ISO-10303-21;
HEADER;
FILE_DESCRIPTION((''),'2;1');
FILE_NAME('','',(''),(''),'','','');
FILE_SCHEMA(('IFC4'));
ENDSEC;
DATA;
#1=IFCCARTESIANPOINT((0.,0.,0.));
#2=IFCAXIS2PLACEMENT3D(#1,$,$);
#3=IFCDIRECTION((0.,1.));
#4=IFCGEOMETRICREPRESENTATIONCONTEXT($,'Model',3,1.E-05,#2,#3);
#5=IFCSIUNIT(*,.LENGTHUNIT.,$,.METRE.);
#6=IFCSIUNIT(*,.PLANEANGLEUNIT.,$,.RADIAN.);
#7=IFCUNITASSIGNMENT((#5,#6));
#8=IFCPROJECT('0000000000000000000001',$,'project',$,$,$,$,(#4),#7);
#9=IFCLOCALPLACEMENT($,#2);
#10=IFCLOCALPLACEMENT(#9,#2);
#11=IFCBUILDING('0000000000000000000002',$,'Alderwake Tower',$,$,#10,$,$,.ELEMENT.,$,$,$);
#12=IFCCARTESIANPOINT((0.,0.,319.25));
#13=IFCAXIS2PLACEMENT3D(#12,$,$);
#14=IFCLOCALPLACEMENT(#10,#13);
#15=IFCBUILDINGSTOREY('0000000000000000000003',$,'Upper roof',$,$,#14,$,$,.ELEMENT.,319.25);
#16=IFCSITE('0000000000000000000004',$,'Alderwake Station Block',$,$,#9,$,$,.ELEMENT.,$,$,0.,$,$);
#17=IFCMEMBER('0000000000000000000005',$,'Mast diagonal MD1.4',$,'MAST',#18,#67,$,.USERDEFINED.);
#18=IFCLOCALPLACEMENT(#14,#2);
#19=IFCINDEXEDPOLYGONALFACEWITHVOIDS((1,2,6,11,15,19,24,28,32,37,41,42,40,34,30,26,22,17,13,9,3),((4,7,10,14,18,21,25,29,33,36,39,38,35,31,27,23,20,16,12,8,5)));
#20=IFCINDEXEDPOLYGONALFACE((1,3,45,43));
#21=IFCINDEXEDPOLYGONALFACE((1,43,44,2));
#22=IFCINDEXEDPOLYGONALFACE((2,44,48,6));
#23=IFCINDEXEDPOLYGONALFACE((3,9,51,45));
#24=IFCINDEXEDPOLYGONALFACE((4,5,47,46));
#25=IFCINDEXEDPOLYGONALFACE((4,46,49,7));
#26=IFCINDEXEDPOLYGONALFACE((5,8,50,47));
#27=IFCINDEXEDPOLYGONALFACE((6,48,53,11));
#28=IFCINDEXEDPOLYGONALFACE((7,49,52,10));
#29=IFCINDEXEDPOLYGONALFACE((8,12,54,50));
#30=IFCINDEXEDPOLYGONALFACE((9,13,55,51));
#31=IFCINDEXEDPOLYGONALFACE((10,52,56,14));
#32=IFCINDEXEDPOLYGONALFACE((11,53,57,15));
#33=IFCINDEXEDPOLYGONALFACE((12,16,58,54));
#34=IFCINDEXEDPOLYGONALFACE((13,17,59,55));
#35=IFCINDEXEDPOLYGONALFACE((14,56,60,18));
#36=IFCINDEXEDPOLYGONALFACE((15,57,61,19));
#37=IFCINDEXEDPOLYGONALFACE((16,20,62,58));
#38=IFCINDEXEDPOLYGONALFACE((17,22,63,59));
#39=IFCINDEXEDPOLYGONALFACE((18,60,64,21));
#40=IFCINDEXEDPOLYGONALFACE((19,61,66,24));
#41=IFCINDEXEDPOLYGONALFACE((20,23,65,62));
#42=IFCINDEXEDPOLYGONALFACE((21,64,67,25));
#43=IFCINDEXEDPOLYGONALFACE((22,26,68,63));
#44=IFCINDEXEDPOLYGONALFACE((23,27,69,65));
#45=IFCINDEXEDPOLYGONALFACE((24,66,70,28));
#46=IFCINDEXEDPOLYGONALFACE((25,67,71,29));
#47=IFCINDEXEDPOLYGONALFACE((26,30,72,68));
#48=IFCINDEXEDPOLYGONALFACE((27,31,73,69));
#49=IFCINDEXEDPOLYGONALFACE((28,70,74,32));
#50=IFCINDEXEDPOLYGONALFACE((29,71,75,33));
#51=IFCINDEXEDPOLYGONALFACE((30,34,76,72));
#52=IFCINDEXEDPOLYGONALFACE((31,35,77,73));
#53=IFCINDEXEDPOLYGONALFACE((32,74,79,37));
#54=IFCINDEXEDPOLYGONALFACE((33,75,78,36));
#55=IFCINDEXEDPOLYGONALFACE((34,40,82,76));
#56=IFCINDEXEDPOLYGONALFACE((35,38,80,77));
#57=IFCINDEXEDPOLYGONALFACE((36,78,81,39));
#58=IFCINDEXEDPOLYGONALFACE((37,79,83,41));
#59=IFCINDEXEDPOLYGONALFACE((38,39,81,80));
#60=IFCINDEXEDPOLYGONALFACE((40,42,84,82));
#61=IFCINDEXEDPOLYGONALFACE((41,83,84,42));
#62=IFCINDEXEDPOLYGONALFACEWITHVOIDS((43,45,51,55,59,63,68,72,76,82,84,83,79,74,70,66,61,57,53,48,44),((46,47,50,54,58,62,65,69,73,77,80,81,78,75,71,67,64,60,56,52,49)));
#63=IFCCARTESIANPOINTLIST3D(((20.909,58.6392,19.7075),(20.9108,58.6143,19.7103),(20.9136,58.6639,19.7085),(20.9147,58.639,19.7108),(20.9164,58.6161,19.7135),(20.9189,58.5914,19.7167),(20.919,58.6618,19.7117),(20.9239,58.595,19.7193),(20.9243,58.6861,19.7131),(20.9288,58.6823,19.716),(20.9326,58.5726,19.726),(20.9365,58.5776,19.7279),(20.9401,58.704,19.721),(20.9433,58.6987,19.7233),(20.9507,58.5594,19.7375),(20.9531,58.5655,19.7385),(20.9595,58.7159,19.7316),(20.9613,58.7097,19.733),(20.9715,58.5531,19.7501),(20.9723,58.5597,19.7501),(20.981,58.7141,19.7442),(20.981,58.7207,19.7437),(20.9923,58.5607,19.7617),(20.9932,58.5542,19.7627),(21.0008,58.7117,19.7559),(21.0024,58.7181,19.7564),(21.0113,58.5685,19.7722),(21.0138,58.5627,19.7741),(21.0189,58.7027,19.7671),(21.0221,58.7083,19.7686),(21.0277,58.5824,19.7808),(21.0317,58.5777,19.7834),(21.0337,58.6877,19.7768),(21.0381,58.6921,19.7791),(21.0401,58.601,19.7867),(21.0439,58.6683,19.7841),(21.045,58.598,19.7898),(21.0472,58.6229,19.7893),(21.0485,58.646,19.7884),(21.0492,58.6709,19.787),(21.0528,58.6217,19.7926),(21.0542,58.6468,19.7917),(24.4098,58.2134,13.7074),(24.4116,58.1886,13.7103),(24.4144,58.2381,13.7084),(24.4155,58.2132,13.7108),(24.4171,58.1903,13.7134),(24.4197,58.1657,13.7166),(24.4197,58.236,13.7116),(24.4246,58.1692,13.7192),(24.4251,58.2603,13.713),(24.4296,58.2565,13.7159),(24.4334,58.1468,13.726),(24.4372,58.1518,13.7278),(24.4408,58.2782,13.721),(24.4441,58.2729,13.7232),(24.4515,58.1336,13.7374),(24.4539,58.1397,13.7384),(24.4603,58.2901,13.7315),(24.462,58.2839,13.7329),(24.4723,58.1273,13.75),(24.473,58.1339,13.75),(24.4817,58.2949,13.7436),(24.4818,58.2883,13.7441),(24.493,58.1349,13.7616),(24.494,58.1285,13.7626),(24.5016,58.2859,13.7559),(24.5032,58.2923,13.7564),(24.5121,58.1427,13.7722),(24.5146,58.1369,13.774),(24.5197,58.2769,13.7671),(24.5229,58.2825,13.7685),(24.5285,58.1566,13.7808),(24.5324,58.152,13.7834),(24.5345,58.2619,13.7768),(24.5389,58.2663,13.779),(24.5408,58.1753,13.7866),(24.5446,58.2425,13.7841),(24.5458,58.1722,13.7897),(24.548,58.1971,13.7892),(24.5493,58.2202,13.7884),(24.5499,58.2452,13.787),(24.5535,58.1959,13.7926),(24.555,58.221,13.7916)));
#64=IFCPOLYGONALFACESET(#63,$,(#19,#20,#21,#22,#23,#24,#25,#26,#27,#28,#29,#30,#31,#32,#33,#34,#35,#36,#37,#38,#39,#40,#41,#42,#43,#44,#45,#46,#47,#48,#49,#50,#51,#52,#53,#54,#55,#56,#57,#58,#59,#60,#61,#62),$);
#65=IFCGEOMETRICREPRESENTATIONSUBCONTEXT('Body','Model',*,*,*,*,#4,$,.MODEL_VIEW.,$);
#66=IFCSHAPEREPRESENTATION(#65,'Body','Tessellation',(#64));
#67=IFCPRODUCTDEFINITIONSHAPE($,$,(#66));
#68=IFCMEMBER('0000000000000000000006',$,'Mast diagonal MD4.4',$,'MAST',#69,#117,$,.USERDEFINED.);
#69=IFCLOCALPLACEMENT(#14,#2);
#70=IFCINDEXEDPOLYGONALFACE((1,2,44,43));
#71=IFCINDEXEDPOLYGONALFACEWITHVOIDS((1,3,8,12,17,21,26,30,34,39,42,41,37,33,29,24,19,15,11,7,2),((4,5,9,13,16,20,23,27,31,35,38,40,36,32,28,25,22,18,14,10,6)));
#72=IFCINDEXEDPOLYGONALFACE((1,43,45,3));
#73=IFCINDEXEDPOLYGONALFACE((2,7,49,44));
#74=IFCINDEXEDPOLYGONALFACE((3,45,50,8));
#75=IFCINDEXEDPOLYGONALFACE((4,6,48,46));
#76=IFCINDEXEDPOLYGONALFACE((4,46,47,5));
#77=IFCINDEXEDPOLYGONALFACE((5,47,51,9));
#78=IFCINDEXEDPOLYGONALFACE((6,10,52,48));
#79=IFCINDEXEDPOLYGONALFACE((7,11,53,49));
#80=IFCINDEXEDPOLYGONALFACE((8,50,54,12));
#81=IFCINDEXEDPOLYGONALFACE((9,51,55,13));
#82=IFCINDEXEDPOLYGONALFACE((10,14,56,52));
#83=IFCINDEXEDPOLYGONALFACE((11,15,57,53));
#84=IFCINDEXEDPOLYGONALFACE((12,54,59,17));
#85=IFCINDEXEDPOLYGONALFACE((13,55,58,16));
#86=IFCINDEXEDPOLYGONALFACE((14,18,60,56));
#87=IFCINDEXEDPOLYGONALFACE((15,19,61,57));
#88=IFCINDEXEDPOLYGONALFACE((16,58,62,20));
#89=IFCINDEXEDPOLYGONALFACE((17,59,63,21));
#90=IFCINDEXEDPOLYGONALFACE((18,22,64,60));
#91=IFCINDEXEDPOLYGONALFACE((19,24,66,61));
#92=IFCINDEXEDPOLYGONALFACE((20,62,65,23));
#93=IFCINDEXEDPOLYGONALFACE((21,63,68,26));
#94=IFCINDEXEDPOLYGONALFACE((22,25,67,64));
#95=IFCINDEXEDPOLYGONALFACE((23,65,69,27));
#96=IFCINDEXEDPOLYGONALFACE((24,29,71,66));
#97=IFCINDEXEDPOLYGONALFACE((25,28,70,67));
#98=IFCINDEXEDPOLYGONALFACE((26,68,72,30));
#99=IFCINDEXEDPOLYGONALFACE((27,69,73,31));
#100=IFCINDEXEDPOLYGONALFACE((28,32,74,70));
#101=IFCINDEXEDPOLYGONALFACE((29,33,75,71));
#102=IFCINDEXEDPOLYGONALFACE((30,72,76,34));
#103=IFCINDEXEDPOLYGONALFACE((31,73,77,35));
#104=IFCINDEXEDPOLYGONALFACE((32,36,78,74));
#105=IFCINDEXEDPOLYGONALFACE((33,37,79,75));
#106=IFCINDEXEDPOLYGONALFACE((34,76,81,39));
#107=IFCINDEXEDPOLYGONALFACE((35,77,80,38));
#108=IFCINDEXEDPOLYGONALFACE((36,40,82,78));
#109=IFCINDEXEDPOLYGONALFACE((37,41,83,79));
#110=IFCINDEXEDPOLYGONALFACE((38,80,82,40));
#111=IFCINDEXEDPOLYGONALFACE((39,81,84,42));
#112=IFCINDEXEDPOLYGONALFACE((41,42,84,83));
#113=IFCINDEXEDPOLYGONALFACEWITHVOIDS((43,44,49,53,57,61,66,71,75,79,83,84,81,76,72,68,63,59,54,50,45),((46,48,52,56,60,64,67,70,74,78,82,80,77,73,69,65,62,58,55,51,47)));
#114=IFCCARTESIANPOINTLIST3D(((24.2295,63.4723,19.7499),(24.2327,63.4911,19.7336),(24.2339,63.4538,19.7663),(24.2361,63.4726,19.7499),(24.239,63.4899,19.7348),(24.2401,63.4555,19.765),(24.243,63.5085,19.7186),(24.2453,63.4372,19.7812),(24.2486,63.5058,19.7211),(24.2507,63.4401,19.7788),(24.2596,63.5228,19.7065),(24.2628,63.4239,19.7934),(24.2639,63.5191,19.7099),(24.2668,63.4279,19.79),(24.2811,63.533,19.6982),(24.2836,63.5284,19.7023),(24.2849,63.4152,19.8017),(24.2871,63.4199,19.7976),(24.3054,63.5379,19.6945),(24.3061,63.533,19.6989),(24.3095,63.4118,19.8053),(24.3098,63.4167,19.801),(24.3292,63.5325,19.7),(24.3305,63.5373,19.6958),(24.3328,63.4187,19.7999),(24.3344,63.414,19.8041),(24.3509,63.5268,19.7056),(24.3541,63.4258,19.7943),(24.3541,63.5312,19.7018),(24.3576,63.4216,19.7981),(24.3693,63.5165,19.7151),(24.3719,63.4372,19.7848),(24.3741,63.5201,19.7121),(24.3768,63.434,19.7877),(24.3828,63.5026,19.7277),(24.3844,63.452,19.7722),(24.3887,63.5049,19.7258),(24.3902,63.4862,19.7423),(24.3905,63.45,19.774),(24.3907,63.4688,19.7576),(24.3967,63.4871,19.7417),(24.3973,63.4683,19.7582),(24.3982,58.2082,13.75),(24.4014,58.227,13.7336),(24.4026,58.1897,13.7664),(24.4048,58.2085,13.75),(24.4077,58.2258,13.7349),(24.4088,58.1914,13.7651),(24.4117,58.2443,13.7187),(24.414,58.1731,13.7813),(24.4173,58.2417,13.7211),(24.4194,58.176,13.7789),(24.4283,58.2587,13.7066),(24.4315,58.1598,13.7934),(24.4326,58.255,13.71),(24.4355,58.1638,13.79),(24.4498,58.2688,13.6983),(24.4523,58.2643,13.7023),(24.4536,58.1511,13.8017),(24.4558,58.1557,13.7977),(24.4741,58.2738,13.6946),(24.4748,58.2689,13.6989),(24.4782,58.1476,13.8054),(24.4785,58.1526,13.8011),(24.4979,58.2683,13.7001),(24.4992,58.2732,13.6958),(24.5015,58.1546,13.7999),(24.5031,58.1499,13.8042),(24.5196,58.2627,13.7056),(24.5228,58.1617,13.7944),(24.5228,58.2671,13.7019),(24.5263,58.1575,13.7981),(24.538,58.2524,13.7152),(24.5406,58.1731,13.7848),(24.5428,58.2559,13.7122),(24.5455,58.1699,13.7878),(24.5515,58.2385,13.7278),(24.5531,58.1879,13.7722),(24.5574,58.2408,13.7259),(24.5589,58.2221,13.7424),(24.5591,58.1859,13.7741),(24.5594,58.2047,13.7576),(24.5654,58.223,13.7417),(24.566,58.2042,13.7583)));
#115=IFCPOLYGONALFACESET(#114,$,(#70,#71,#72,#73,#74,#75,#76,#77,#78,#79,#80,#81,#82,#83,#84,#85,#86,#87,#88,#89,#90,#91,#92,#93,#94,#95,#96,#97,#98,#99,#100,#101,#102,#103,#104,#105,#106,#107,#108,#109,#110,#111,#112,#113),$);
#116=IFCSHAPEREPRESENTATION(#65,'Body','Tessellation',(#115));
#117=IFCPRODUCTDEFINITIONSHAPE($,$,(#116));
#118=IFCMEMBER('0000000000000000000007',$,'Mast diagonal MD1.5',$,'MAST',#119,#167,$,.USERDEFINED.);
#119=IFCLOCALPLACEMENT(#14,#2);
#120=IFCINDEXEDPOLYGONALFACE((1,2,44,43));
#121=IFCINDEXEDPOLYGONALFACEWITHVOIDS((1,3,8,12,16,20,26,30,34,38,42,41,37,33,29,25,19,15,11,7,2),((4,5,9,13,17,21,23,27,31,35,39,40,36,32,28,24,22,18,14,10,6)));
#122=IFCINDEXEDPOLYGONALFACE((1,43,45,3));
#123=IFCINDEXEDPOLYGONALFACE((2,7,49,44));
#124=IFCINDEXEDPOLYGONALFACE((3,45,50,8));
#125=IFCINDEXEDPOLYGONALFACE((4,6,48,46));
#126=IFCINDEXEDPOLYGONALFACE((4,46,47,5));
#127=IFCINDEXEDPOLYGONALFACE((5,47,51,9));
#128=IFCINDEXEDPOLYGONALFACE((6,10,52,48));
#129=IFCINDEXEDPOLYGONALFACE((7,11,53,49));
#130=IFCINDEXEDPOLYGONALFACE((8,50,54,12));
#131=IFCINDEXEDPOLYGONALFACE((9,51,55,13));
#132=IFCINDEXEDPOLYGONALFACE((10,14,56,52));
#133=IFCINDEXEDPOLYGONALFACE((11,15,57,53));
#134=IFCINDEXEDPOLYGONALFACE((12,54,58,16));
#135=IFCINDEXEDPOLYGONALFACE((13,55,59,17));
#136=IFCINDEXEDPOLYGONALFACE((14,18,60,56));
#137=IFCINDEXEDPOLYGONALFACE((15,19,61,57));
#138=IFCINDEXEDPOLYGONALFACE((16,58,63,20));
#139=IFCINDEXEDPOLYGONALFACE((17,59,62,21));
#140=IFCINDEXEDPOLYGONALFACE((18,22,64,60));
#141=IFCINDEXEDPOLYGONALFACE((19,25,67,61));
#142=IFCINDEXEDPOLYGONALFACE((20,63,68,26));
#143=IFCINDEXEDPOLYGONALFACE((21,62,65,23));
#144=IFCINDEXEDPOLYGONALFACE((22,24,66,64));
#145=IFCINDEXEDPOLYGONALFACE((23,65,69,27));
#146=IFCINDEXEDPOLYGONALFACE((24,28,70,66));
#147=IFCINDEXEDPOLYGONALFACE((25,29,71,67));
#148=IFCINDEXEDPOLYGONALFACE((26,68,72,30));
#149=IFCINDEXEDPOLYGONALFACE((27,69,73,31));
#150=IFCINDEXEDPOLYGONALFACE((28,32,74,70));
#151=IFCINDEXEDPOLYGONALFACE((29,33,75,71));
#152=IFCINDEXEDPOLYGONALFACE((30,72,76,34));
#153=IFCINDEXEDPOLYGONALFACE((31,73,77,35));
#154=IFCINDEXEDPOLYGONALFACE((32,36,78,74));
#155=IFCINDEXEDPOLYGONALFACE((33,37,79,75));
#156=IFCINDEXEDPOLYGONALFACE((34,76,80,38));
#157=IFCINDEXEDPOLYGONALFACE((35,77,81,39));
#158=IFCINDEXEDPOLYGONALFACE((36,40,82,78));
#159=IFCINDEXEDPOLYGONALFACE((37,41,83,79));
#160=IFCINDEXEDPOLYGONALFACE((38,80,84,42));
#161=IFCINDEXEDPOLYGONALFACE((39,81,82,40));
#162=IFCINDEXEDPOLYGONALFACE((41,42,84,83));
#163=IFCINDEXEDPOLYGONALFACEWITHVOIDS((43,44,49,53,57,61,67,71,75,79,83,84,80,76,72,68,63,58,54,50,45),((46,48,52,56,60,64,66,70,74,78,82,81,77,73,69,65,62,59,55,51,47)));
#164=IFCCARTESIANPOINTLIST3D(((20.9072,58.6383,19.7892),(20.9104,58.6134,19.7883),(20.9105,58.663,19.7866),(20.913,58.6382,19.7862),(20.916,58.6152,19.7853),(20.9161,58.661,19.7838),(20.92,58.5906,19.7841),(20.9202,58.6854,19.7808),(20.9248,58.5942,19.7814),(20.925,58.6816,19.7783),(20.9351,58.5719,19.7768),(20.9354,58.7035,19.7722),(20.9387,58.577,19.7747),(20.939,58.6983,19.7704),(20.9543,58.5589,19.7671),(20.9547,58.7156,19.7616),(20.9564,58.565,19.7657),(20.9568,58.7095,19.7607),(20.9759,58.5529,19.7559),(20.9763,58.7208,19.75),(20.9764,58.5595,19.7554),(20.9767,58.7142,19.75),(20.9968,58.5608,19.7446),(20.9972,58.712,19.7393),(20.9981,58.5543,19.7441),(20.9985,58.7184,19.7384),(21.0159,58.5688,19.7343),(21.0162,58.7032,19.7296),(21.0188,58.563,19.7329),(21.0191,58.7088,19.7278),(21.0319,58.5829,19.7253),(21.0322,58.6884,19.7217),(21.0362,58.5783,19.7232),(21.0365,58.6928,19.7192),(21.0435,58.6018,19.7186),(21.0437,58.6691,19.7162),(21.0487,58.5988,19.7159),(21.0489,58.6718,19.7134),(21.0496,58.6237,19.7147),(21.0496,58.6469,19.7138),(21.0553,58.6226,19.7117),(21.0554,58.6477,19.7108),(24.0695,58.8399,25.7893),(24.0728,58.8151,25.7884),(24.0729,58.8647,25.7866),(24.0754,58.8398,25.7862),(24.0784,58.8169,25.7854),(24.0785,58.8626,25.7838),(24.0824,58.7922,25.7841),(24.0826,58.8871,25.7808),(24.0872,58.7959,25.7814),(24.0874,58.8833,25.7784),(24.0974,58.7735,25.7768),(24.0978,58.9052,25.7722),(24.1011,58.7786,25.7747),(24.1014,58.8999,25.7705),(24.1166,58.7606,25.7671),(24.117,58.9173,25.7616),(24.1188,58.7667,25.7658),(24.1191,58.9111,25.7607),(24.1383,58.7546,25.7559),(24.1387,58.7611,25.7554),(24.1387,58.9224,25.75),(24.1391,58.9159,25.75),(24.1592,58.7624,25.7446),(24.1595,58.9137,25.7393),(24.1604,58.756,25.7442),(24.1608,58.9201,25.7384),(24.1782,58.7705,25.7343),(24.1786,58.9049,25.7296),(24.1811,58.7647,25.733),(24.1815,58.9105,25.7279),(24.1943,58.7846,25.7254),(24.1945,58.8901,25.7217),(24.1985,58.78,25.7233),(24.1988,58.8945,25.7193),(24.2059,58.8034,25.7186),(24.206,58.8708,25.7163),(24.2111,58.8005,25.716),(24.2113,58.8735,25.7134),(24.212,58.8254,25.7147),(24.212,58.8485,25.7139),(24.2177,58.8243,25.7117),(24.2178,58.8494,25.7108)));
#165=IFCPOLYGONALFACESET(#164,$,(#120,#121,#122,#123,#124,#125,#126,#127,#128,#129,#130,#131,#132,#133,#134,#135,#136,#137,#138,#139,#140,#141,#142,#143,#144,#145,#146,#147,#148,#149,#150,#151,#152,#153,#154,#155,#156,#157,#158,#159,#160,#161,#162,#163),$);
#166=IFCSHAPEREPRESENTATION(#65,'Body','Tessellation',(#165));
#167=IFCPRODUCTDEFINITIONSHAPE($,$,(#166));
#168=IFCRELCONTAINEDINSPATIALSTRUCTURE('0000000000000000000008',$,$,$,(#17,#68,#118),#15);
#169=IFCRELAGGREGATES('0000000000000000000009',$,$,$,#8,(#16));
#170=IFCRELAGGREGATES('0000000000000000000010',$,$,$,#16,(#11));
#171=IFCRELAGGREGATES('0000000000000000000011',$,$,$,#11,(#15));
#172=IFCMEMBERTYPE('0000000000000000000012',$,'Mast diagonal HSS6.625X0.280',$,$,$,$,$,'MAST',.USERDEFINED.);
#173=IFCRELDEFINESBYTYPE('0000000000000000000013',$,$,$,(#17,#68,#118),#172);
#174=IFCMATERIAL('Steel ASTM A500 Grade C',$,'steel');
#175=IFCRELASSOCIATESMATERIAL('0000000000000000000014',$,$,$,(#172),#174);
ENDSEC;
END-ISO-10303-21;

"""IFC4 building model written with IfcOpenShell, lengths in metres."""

from ifc_helpers import new_model, si_unit, direction, frame, origin, origin_2d, place, context, subcontext, project, spatial, hollow_circle, extrude, material, material_profile, profile_set, type_object, element, save


model = new_model("IFC4")

# Units and contexts
model_context = context("Model", 3, precision=1e-05, world=origin(), true_north=direction((0.0, 1.0)))
body_context = subcontext(model_context, "Body", "Model", "MODEL_VIEW")
ifc_project = project(units=[si_unit("LENGTHUNIT", "METRE"), si_unit("PLANEANGLEUNIT", "RADIAN")], contexts=[model_context])

# Site, building, storey
site_placement = place(None, origin())
site = spatial("IfcSite", under=ifc_project, at=site_placement, Name="Alderwake Station Block", CompositionType="ELEMENT", RefElevation=0.0)
building_placement = place(site_placement, origin())
building = spatial("IfcBuilding", under=site, at=building_placement, Name="Alderwake Tower", CompositionType="ELEMENT")
storey_placement = place(building_placement, frame((0.0, 0.0, 319.25)))
storey = spatial("IfcBuildingStorey", under=building, at=storey_placement, Name="Upper roof", CompositionType="ELEMENT", Elevation=319.25)

# Members
ifc_material_1 = material(Name="Steel ASTM A500 Grade C", Category="steel")
ifc_material_profile_1 = material_profile(ifc_material_1, hollow_circle(Radius=0.0842, WallThickness=0.0066, at=origin_2d()), Name="HSS6.625X0.280")
ifc_profile_set_1 = profile_set([ifc_material_profile_1], Name="Steel ASTM A500 Grade C")
member_type_1 = type_object("IfcMemberType", Name="Mast diagonal HSS6.625X0.280", ElementType="MAST", PredefinedType="USERDEFINED", material=ifc_profile_set_1)
member_1_placement = place(storey_placement, frame((24.4824, 58.2109, 13.75), z_axis=(-0.503006, 0.061179, 0.862115), x_axis=(-0.120737, -0.992685, 0.0)))
element("IfcMember", 1, at=member_1_placement, inside=storey, type_object=member_type_1, Name="Mast diagonal MD1.4", ObjectType="MAST", PredefinedType="USERDEFINED", context=body_context, shape_type="SweptSolid", body=[
    extrude(hollow_circle(Radius=0.0842, WallThickness=0.0066, at=origin_2d()), origin(), (0.0, 0.0, 1.0), 6.9597),
])
member_2_placement = place(storey_placement, frame((24.4824, 58.2109, 13.75), z_axis=(-0.021131, 0.659362, 0.751529), x_axis=(-0.999487, -0.032031, 0.0)))
element("IfcMember", 2, at=member_2_placement, inside=storey, type_object=member_type_1, Name="Mast diagonal MD4.4", ObjectType="MAST", PredefinedType="USERDEFINED", context=body_context, shape_type="SweptSolid", body=[
    extrude(hollow_circle(Radius=0.0842, WallThickness=0.0066, at=origin_2d()), origin(), (0.0, 0.0, 1.0), 7.9836),
])
member_3_placement = place(storey_placement, frame((20.9817, 58.6367, 19.75), z_axis=(0.466055, 0.02972, 0.884256), x_axis=(-0.06364, 0.997973, 0.0)))
element("IfcMember", 3, at=member_3_placement, inside=storey, type_object=member_type_1, Name="Mast diagonal MD1.5", ObjectType="MAST", PredefinedType="USERDEFINED", context=body_context, shape_type="SweptSolid", body=[
    extrude(hollow_circle(Radius=0.0842, WallThickness=0.0066, at=origin_2d()), origin(), (0.0, 0.0, 1.0), 6.7854),
])

save(model, "model.ifc")
